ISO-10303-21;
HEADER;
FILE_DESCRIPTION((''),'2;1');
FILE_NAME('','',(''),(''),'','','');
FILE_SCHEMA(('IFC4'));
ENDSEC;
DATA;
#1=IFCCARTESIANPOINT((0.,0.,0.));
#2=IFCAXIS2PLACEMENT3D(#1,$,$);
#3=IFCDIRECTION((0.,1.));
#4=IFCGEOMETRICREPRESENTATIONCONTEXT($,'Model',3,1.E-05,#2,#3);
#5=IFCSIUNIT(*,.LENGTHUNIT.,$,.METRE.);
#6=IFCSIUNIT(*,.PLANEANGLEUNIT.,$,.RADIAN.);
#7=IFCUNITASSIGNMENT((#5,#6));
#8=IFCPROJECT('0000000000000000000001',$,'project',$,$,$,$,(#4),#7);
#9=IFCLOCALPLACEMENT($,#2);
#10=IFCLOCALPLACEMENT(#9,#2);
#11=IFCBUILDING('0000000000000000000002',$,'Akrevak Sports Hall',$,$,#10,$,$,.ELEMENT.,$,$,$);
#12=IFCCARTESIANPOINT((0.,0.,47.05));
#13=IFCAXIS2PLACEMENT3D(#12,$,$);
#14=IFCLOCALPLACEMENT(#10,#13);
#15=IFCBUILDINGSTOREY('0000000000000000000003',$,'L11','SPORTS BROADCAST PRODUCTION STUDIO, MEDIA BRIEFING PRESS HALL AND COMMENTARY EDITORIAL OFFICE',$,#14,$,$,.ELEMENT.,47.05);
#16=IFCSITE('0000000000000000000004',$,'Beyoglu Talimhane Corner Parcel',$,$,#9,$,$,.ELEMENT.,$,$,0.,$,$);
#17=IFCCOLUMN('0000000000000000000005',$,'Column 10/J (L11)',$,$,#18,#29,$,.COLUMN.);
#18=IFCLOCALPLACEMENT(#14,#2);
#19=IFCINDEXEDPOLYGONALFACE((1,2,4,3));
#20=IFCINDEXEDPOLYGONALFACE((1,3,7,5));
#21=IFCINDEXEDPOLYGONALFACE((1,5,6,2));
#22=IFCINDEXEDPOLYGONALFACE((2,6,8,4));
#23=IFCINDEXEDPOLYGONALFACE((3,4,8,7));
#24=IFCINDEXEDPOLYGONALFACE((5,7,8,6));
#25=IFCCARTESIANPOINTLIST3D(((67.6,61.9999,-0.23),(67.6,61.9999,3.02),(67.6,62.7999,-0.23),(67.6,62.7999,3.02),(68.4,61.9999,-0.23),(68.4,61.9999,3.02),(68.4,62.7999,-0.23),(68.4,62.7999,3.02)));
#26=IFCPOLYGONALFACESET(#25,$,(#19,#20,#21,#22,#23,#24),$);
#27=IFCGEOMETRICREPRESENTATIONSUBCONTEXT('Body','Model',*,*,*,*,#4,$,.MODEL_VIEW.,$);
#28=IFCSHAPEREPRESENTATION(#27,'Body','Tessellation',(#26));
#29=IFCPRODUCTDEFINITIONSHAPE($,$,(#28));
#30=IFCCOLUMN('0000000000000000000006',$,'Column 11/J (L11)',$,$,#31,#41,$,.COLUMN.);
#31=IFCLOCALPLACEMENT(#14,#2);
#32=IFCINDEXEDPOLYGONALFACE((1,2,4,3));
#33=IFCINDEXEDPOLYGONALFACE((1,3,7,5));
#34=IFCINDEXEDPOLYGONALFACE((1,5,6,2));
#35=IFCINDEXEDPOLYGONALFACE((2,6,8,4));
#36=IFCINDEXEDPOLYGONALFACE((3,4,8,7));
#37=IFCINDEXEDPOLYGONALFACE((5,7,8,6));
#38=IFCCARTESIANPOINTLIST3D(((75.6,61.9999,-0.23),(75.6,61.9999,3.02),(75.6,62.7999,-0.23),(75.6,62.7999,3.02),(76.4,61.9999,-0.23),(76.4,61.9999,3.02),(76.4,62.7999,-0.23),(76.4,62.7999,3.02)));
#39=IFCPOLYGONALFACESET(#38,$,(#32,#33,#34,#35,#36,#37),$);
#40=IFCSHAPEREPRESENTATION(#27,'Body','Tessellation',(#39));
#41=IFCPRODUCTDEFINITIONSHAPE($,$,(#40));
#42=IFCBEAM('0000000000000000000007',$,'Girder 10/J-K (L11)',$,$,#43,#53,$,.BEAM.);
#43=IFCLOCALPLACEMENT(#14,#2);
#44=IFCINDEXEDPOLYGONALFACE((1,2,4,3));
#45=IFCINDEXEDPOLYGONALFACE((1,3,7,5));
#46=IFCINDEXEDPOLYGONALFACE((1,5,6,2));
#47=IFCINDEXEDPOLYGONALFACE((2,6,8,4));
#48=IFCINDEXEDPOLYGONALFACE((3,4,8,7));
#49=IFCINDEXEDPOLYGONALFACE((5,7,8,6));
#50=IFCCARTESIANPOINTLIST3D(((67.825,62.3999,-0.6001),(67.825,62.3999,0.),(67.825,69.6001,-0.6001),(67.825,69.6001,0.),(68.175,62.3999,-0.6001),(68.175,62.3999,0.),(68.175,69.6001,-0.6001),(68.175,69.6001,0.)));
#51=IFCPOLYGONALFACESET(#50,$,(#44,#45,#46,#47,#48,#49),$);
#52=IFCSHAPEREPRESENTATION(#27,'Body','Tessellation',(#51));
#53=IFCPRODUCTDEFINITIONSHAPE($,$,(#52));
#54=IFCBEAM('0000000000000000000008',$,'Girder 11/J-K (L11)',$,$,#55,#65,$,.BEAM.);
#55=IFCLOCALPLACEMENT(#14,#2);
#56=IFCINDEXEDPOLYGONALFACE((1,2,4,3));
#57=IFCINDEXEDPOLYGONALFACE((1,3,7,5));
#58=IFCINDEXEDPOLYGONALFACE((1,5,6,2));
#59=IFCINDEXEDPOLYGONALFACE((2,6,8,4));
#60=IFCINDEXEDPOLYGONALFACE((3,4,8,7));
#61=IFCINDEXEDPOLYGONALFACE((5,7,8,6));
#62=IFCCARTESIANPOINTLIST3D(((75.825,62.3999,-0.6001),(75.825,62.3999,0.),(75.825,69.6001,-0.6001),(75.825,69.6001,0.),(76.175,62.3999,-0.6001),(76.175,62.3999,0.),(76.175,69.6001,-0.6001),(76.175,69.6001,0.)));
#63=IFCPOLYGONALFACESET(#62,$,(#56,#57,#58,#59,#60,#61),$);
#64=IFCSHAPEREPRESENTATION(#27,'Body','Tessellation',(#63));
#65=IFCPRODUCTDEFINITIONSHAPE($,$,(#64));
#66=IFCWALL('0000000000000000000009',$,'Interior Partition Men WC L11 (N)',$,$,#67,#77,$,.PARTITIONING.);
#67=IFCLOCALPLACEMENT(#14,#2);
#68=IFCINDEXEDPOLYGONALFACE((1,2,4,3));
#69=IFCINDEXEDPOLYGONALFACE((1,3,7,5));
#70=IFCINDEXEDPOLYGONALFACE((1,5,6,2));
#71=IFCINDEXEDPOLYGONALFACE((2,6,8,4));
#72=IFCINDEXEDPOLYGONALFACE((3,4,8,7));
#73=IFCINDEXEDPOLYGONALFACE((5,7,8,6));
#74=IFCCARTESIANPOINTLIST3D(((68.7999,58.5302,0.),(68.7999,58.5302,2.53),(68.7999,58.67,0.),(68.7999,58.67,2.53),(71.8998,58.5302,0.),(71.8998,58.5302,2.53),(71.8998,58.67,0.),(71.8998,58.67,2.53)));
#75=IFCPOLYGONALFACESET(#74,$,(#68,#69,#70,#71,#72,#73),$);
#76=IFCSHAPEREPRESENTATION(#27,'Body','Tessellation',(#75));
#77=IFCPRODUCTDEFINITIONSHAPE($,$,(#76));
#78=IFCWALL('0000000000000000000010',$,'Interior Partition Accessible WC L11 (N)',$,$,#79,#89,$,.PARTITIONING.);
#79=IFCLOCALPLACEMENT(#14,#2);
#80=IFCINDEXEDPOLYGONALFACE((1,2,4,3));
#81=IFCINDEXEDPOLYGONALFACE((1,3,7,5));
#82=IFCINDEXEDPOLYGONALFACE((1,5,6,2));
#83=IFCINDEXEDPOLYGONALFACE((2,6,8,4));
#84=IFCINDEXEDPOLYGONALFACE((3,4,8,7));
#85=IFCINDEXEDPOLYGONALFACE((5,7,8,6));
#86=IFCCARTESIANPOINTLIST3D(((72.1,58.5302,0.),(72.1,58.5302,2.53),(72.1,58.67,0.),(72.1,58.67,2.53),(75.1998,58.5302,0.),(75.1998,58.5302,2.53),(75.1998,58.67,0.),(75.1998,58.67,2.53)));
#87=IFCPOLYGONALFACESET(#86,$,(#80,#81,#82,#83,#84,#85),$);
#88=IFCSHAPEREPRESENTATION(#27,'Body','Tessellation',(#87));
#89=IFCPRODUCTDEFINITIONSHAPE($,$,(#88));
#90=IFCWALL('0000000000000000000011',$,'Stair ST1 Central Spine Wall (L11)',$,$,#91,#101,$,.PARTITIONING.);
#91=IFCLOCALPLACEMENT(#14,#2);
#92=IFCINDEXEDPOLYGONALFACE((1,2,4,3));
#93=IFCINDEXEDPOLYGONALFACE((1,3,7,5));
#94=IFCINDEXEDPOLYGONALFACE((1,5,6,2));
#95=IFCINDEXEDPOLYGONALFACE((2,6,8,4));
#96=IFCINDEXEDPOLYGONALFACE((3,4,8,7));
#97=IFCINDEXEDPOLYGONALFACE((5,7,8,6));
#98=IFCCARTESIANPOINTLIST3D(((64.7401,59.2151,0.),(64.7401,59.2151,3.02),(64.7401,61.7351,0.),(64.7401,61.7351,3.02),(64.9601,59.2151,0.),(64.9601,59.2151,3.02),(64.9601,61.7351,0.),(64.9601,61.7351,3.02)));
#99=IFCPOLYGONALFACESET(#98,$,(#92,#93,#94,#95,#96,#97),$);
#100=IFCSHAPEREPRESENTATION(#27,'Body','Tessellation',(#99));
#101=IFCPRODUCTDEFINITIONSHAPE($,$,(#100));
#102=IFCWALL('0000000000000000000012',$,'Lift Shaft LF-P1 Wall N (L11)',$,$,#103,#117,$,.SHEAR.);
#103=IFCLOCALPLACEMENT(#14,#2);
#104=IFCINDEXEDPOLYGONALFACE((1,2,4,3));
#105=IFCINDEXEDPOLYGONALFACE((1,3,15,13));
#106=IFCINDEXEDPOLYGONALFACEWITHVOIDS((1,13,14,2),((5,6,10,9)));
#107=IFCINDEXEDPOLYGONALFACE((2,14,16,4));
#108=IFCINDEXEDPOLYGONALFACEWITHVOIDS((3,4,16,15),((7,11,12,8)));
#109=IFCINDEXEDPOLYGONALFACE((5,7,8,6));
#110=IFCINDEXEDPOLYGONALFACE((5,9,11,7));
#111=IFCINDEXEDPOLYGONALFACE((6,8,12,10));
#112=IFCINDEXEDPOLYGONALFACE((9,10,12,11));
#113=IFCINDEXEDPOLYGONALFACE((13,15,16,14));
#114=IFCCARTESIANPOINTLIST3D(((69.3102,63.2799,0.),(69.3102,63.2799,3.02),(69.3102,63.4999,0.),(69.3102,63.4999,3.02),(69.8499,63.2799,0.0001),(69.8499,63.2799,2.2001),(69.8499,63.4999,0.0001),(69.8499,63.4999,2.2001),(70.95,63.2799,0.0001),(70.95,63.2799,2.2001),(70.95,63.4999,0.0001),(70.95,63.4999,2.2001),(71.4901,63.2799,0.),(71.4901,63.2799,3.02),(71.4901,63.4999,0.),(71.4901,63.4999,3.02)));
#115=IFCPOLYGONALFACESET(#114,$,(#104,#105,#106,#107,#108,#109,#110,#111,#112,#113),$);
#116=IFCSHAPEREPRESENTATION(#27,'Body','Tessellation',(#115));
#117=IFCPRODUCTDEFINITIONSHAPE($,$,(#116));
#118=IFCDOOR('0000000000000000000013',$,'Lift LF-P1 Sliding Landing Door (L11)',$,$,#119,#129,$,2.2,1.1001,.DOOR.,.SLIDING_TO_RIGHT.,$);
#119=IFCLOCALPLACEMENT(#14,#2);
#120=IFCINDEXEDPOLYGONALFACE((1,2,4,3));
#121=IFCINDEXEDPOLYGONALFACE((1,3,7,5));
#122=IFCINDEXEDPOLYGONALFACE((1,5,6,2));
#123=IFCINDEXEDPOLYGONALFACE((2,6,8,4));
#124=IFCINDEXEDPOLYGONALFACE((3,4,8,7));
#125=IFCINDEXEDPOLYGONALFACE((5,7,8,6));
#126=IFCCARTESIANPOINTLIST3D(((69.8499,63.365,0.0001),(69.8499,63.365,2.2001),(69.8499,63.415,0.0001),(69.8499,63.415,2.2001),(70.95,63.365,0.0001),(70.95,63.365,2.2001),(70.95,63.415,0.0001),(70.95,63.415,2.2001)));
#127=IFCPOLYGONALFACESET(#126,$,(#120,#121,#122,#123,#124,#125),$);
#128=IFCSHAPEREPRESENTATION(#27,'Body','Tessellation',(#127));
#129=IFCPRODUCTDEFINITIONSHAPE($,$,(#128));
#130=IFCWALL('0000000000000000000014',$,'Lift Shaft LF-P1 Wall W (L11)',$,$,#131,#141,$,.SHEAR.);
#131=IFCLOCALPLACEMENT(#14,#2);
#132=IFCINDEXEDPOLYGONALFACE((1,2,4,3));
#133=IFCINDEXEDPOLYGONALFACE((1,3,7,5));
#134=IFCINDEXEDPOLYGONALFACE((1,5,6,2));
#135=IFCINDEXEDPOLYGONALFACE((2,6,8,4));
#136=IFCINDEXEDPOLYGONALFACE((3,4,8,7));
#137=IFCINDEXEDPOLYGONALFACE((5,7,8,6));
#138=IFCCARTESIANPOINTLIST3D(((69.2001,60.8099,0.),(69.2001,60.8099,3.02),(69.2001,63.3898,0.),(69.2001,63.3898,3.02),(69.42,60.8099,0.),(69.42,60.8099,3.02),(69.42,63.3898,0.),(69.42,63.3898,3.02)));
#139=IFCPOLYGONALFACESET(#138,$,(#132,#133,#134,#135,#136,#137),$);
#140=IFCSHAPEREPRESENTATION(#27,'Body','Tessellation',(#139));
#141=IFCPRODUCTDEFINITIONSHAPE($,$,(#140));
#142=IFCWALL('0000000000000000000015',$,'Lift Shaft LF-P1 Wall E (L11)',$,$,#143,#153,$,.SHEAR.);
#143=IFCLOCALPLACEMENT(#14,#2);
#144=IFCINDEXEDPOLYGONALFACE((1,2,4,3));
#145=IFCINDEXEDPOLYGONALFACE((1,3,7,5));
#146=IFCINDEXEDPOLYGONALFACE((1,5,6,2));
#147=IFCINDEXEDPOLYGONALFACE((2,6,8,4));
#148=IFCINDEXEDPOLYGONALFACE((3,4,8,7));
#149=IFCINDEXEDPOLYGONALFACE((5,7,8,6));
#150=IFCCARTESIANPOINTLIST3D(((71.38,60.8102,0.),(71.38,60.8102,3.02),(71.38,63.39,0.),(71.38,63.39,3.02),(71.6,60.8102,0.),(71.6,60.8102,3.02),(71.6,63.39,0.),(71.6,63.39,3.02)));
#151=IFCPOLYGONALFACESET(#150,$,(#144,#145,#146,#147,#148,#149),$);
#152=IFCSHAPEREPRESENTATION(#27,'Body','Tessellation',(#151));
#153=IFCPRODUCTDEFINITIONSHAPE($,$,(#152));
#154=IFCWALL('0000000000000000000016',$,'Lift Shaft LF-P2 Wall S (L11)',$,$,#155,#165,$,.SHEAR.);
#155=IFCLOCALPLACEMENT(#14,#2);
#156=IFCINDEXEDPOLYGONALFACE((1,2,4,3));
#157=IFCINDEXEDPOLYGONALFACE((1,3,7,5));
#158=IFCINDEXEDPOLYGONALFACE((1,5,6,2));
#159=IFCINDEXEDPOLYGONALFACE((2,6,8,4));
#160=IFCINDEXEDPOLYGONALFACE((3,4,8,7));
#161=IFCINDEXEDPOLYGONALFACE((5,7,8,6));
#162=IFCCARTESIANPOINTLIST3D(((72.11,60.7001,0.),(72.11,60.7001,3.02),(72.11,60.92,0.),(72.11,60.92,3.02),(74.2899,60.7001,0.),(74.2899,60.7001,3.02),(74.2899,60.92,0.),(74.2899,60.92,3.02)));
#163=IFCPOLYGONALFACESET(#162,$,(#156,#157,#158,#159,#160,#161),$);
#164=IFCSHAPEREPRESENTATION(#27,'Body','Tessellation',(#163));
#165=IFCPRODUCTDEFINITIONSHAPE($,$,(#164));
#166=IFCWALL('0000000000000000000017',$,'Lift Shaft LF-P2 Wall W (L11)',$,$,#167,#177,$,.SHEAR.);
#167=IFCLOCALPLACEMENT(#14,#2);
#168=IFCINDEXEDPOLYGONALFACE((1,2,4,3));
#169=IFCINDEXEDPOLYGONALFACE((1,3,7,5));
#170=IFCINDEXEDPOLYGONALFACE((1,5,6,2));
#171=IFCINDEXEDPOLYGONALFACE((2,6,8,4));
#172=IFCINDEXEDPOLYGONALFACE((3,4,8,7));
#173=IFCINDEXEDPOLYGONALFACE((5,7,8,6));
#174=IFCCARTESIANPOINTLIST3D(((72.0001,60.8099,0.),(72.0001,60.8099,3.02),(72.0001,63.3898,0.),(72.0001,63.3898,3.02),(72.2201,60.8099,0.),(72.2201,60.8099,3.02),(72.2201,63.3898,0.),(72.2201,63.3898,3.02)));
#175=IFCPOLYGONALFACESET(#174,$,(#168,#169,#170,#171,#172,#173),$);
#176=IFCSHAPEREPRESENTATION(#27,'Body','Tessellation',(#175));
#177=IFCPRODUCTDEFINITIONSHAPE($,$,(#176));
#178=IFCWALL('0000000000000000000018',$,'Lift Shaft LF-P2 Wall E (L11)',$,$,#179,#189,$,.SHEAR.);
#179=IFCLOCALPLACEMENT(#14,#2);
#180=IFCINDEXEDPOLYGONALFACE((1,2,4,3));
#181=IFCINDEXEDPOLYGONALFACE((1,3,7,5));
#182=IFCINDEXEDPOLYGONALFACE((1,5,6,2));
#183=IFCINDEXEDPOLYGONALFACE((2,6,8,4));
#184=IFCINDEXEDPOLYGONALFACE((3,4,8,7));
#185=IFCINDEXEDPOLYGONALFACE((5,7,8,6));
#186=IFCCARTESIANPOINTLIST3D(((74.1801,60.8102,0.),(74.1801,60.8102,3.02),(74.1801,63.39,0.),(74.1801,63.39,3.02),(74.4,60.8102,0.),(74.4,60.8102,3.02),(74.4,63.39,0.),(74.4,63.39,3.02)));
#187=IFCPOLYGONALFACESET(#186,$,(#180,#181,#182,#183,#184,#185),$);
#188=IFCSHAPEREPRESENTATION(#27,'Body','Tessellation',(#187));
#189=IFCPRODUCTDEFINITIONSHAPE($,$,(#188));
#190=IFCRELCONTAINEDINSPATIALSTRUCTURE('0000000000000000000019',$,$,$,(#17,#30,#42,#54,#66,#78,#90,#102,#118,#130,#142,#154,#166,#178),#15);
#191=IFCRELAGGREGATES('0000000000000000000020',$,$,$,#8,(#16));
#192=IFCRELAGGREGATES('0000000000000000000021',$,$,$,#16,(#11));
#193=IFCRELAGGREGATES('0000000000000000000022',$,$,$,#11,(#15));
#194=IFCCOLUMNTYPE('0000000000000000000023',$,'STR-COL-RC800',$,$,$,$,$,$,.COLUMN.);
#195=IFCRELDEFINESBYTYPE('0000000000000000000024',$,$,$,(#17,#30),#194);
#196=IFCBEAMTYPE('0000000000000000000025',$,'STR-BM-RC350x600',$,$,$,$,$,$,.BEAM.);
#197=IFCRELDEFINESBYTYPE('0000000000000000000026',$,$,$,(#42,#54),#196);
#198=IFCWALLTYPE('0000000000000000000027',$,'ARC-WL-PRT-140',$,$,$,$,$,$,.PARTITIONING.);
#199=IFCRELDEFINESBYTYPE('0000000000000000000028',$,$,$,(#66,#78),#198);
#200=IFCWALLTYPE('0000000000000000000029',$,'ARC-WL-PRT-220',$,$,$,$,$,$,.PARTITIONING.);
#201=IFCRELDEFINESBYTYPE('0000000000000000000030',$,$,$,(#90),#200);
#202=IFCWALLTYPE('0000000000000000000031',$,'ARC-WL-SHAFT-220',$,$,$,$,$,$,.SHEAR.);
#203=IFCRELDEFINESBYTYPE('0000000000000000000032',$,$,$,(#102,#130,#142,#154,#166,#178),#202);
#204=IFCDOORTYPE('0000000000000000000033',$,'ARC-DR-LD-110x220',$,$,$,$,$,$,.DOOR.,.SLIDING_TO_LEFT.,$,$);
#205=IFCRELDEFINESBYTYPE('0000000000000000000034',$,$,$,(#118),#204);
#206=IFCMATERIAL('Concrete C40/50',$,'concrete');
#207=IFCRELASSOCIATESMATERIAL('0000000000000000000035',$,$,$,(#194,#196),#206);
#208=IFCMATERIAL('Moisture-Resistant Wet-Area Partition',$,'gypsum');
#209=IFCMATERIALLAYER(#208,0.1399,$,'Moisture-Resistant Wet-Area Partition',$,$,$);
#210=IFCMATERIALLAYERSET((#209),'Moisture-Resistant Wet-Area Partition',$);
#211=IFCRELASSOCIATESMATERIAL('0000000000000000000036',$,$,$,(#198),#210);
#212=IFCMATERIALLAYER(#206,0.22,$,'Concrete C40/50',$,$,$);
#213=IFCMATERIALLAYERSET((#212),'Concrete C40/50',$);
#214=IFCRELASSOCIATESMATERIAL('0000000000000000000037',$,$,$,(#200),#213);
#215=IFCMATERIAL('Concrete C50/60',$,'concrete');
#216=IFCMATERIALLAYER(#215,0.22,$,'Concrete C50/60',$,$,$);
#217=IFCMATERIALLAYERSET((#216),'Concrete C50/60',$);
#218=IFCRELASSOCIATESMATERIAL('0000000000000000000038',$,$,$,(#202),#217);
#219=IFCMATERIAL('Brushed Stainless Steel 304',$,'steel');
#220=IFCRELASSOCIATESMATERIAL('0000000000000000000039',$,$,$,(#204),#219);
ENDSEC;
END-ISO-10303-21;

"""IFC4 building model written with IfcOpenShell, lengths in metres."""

from ifc_helpers import new_model, si_unit, direction, frame, frame_2d, origin, origin_2d, place, context, subcontext, project, spatial, rectangle, extrude, material, layer, layer_set, material_profile, profile_set, type_object, element, fill, save


model = new_model("IFC4")

# Units and contexts
model_context = context("Model", 3, precision=1e-05, world=origin(), true_north=direction((0.0, 1.0)))
body_context = subcontext(model_context, "Body", "Model", "MODEL_VIEW")
ifc_project = project(units=[si_unit("LENGTHUNIT", "METRE"), si_unit("PLANEANGLEUNIT", "RADIAN")], contexts=[model_context])

# Site, building, storey
site_placement = place(None, origin())
site = spatial("IfcSite", under=ifc_project, at=site_placement, Name="Beyoglu Talimhane Corner Parcel", CompositionType="ELEMENT", RefElevation=0.0)
building_placement = place(site_placement, origin())
building = spatial("IfcBuilding", under=site, at=building_placement, Name="Akrevak Sports Hall", CompositionType="ELEMENT")
storey_placement = place(building_placement, frame((0.0, 0.0, 47.05)))
storey = spatial("IfcBuildingStorey", under=building, at=storey_placement, Name="L11", Description="SPORTS BROADCAST PRODUCTION STUDIO, MEDIA BRIEFING PRESS HALL AND COMMENTARY EDITORIAL OFFICE", CompositionType="ELEMENT", Elevation=47.05)

# Columns
ifc_material_1 = material(Name="Concrete C40/50", Category="concrete")
ifc_material_profile_1 = material_profile(ifc_material_1, rectangle(XDim=0.8, YDim=0.8, at=origin_2d()), Name="RC 800x800", Category="concrete")
ifc_profile_set_1 = profile_set([ifc_material_profile_1], Name="Concrete C40/50")
column_type = type_object("IfcColumnType", Name="STR-COL-RC800", PredefinedType="COLUMN", material=ifc_profile_set_1)
for number, where, z_axis, x_axis, name in (
    (1, (68.0, 62.3999, -0.23), (0.0, 0.0, 1.0), (1.0, 0.0, 0.0), "Column 10/J (L11)"),
    (2, (76.0, 62.3999, -0.23), (0.0, 0.0, 1.0), (1.0, 0.0, 0.0), "Column 11/J (L11)"),
):
    element("IfcColumn", number, at=place(storey_placement, frame(where, z_axis=z_axis, x_axis=x_axis)), inside=storey, type_object=column_type, Name=name, PredefinedType="COLUMN", context=body_context, shape_type="SweptSolid", body=[
        extrude(rectangle(XDim=0.8, YDim=0.8, at=origin_2d()), origin(), (0.0, 0.0, 1.0), 3.25),
    ])

# Beams
ifc_material_profile_2 = material_profile(ifc_material_1, rectangle(XDim=0.3501, YDim=0.6001, at=origin_2d()), Name="BM 350x600", Category="concrete")
ifc_profile_set_2 = profile_set([ifc_material_profile_2], Name="Concrete C40/50")
beam_type = type_object("IfcBeamType", Name="STR-BM-RC350x600", PredefinedType="BEAM", material=ifc_profile_set_2)
for number, where, z_axis, x_axis, name in (
    (3, (68.0, 62.3999, -0.3), (0.0, 1.0, 0.0), (-1.0, 0.0, 0.0), "Girder 10/J-K (L11)"),
    (4, (76.0, 62.3999, -0.3), (0.0, 1.0, 0.0), (-1.0, 0.0, 0.0), "Girder 11/J-K (L11)"),
):
    element("IfcBeam", number, at=place(storey_placement, frame(where, z_axis=z_axis, x_axis=x_axis)), inside=storey, type_object=beam_type, Name=name, PredefinedType="BEAM", context=body_context, shape_type="SweptSolid", body=[
        extrude(rectangle(XDim=0.3501, YDim=0.6001, at=origin_2d()), origin(), (0.0, 0.0, 1.0), 7.2002),
    ])

# Walls
ifc_material_2 = material(Name="Moisture-Resistant Wet-Area Partition", Category="gypsum")
ifc_layer_1 = layer(ifc_material_2, 0.1399, Name="Moisture-Resistant Wet-Area Partition")
ifc_layer_set_1 = layer_set([ifc_layer_1], Name="Moisture-Resistant Wet-Area Partition")
wall_type_1 = type_object("IfcWallType", Name="ARC-WL-PRT-140", PredefinedType="PARTITIONING", material=ifc_layer_set_1)
for number, where, z_axis, x_axis, name in (
    (5, (68.8, 58.6001, 0.0), (0.0, 0.0, 1.0), (1.0, 0.0, 0.0), "Interior Partition Men WC L11 (N)"),
    (6, (72.1001, 58.6001, 0.0), (0.0, 0.0, 1.0), (1.0, 0.0, 0.0), "Interior Partition Accessible WC L11 (N)"),
):
    element("IfcWall", number, at=place(storey_placement, frame(where, z_axis=z_axis, x_axis=x_axis)), inside=storey, type_object=wall_type_1, Name=name, PredefinedType="PARTITIONING", context=body_context, shape_type="SweptSolid", body=[
        extrude(rectangle(XDim=3.0999, YDim=0.1399, at=frame_2d((1.5498, 0.0))), origin(), (0.0, 0.0, 1.0), 2.53),
    ])
ifc_layer_2 = layer(ifc_material_1, 0.22, Name="Concrete C40/50")
ifc_layer_set_2 = layer_set([ifc_layer_2], Name="Concrete C40/50")
wall_type_2 = type_object("IfcWallType", Name="ARC-WL-PRT-220", PredefinedType="PARTITIONING", material=ifc_layer_set_2)
wall_1_placement = place(storey_placement, frame((64.8501, 59.2151, 0.0), z_axis=(0.0, 0.0, 1.0), x_axis=(0.0, 1.0, 0.0)))
element("IfcWall", 7, at=wall_1_placement, inside=storey, type_object=wall_type_2, Name="Stair ST1 Central Spine Wall (L11)", PredefinedType="PARTITIONING", context=body_context, shape_type="SweptSolid", body=[
    extrude(rectangle(XDim=2.52, YDim=0.22, at=frame_2d((1.26, 0.0))), origin(), (0.0, 0.0, 1.0), 3.02),
])
ifc_material_3 = material(Name="Concrete C50/60", Category="concrete")
ifc_layer_3 = layer(ifc_material_3, 0.22, Name="Concrete C50/60")
ifc_layer_set_3 = layer_set([ifc_layer_3], Name="Concrete C50/60")
wall_type_3 = type_object("IfcWallType", Name="ARC-WL-SHAFT-220", PredefinedType="SHEAR", material=ifc_layer_set_3)

# Wall, opening, door
wall_2_placement = place(storey_placement, frame((71.49, 63.3899, 0.0), z_axis=(0.0, 0.0, 1.0), x_axis=(-1.0, 0.0, 0.0)))
wall_2 = element("IfcWall", 8, at=wall_2_placement, inside=storey, type_object=wall_type_3, Name="Lift Shaft LF-P1 Wall N (L11)", PredefinedType="SHEAR", context=body_context, shape_type="SweptSolid", body=[
    extrude(rectangle(XDim=2.1799, YDim=0.22, at=frame_2d((1.0898, 0.0))), origin(), (0.0, 0.0, 1.0), 3.02),
])
opening_1_placement = place(wall_2_placement, frame((0.54, 0.0, 0.0)))
opening_1 = element("IfcOpeningElement", 9, at=opening_1_placement, cuts=wall_2, PredefinedType="OPENING", context=body_context, shape_type="SweptSolid", body=[
    extrude(rectangle(XDim=1.1001, YDim=2.2, at=frame_2d((0.55, 1.1001))), frame((0.0, 0.1221, 0.0), z_axis=(0.0, -1.0, 0.0), x_axis=(1.0, 0.0, 0.0)), (0.0, 0.0, 1.0), 0.2439),
])
ifc_material_4 = material(Name="Brushed Stainless Steel 304", Category="steel")
door_type_1 = type_object("IfcDoorType", Name="ARC-DR-LD-110x220", OperationType="SLIDING_TO_LEFT", PredefinedType="DOOR", material=ifc_material_4)
door_1_placement = place(opening_1_placement, origin())
door_1 = element("IfcDoor", 10, at=door_1_placement, inside=storey, type_object=door_type_1, Name="Lift LF-P1 Sliding Landing Door (L11)", OperationType="SLIDING_TO_RIGHT", OverallHeight=2.2, OverallWidth=1.1001, PredefinedType="DOOR", context=body_context, shape_type="SweptSolid", body=[
    extrude(rectangle(XDim=1.1001, YDim=2.2, at=frame_2d((0.55, 1.1001))), frame((0.0, 0.0249, 0.0), z_axis=(0.0, -1.0, 0.0), x_axis=(1.0, 0.0, 0.0)), (0.0, 0.0, 1.0), 0.05),
])
fill(opening_1, door_1)

# Walls
for number, where, z_axis, x_axis, name in (
    (11, (69.3101, 63.3899, 0.0), (0.0, 0.0, 1.0), (0.0, -1.0, 0.0), "Lift Shaft LF-P1 Wall W (L11)"),
    (12, (71.49, 60.8101, 0.0), (0.0, 0.0, 1.0), (0.0, 1.0, 0.0), "Lift Shaft LF-P1 Wall E (L11)"),
):
    element("IfcWall", number, at=place(storey_placement, frame(where, z_axis=z_axis, x_axis=x_axis)), inside=storey, type_object=wall_type_3, Name=name, PredefinedType="SHEAR", context=body_context, shape_type="SweptSolid", body=[
        extrude(rectangle(XDim=2.5798, YDim=0.22, at=frame_2d((1.29, 0.0))), origin(), (0.0, 0.0, 1.0), 3.02),
    ])
wall_3_placement = place(storey_placement, frame((72.1101, 60.8101, 0.0), z_axis=(0.0, 0.0, 1.0), x_axis=(1.0, 0.0, 0.0)))
element("IfcWall", 13, at=wall_3_placement, inside=storey, type_object=wall_type_3, Name="Lift Shaft LF-P2 Wall S (L11)", PredefinedType="SHEAR", context=body_context, shape_type="SweptSolid", body=[
    extrude(rectangle(XDim=2.1799, YDim=0.22, at=frame_2d((1.0898, 0.0))), origin(), (0.0, 0.0, 1.0), 3.02),
])
for number, where, z_axis, x_axis, name in (
    (14, (72.1101, 63.3899, 0.0), (0.0, 0.0, 1.0), (0.0, -1.0, 0.0), "Lift Shaft LF-P2 Wall W (L11)"),
    (15, (74.29, 60.8101, 0.0), (0.0, 0.0, 1.0), (0.0, 1.0, 0.0), "Lift Shaft LF-P2 Wall E (L11)"),
):
    element("IfcWall", number, at=place(storey_placement, frame(where, z_axis=z_axis, x_axis=x_axis)), inside=storey, type_object=wall_type_3, Name=name, PredefinedType="SHEAR", context=body_context, shape_type="SweptSolid", body=[
        extrude(rectangle(XDim=2.5798, YDim=0.22, at=frame_2d((1.29, 0.0))), origin(), (0.0, 0.0, 1.0), 3.02),
    ])

save(model, "model.ifc")
